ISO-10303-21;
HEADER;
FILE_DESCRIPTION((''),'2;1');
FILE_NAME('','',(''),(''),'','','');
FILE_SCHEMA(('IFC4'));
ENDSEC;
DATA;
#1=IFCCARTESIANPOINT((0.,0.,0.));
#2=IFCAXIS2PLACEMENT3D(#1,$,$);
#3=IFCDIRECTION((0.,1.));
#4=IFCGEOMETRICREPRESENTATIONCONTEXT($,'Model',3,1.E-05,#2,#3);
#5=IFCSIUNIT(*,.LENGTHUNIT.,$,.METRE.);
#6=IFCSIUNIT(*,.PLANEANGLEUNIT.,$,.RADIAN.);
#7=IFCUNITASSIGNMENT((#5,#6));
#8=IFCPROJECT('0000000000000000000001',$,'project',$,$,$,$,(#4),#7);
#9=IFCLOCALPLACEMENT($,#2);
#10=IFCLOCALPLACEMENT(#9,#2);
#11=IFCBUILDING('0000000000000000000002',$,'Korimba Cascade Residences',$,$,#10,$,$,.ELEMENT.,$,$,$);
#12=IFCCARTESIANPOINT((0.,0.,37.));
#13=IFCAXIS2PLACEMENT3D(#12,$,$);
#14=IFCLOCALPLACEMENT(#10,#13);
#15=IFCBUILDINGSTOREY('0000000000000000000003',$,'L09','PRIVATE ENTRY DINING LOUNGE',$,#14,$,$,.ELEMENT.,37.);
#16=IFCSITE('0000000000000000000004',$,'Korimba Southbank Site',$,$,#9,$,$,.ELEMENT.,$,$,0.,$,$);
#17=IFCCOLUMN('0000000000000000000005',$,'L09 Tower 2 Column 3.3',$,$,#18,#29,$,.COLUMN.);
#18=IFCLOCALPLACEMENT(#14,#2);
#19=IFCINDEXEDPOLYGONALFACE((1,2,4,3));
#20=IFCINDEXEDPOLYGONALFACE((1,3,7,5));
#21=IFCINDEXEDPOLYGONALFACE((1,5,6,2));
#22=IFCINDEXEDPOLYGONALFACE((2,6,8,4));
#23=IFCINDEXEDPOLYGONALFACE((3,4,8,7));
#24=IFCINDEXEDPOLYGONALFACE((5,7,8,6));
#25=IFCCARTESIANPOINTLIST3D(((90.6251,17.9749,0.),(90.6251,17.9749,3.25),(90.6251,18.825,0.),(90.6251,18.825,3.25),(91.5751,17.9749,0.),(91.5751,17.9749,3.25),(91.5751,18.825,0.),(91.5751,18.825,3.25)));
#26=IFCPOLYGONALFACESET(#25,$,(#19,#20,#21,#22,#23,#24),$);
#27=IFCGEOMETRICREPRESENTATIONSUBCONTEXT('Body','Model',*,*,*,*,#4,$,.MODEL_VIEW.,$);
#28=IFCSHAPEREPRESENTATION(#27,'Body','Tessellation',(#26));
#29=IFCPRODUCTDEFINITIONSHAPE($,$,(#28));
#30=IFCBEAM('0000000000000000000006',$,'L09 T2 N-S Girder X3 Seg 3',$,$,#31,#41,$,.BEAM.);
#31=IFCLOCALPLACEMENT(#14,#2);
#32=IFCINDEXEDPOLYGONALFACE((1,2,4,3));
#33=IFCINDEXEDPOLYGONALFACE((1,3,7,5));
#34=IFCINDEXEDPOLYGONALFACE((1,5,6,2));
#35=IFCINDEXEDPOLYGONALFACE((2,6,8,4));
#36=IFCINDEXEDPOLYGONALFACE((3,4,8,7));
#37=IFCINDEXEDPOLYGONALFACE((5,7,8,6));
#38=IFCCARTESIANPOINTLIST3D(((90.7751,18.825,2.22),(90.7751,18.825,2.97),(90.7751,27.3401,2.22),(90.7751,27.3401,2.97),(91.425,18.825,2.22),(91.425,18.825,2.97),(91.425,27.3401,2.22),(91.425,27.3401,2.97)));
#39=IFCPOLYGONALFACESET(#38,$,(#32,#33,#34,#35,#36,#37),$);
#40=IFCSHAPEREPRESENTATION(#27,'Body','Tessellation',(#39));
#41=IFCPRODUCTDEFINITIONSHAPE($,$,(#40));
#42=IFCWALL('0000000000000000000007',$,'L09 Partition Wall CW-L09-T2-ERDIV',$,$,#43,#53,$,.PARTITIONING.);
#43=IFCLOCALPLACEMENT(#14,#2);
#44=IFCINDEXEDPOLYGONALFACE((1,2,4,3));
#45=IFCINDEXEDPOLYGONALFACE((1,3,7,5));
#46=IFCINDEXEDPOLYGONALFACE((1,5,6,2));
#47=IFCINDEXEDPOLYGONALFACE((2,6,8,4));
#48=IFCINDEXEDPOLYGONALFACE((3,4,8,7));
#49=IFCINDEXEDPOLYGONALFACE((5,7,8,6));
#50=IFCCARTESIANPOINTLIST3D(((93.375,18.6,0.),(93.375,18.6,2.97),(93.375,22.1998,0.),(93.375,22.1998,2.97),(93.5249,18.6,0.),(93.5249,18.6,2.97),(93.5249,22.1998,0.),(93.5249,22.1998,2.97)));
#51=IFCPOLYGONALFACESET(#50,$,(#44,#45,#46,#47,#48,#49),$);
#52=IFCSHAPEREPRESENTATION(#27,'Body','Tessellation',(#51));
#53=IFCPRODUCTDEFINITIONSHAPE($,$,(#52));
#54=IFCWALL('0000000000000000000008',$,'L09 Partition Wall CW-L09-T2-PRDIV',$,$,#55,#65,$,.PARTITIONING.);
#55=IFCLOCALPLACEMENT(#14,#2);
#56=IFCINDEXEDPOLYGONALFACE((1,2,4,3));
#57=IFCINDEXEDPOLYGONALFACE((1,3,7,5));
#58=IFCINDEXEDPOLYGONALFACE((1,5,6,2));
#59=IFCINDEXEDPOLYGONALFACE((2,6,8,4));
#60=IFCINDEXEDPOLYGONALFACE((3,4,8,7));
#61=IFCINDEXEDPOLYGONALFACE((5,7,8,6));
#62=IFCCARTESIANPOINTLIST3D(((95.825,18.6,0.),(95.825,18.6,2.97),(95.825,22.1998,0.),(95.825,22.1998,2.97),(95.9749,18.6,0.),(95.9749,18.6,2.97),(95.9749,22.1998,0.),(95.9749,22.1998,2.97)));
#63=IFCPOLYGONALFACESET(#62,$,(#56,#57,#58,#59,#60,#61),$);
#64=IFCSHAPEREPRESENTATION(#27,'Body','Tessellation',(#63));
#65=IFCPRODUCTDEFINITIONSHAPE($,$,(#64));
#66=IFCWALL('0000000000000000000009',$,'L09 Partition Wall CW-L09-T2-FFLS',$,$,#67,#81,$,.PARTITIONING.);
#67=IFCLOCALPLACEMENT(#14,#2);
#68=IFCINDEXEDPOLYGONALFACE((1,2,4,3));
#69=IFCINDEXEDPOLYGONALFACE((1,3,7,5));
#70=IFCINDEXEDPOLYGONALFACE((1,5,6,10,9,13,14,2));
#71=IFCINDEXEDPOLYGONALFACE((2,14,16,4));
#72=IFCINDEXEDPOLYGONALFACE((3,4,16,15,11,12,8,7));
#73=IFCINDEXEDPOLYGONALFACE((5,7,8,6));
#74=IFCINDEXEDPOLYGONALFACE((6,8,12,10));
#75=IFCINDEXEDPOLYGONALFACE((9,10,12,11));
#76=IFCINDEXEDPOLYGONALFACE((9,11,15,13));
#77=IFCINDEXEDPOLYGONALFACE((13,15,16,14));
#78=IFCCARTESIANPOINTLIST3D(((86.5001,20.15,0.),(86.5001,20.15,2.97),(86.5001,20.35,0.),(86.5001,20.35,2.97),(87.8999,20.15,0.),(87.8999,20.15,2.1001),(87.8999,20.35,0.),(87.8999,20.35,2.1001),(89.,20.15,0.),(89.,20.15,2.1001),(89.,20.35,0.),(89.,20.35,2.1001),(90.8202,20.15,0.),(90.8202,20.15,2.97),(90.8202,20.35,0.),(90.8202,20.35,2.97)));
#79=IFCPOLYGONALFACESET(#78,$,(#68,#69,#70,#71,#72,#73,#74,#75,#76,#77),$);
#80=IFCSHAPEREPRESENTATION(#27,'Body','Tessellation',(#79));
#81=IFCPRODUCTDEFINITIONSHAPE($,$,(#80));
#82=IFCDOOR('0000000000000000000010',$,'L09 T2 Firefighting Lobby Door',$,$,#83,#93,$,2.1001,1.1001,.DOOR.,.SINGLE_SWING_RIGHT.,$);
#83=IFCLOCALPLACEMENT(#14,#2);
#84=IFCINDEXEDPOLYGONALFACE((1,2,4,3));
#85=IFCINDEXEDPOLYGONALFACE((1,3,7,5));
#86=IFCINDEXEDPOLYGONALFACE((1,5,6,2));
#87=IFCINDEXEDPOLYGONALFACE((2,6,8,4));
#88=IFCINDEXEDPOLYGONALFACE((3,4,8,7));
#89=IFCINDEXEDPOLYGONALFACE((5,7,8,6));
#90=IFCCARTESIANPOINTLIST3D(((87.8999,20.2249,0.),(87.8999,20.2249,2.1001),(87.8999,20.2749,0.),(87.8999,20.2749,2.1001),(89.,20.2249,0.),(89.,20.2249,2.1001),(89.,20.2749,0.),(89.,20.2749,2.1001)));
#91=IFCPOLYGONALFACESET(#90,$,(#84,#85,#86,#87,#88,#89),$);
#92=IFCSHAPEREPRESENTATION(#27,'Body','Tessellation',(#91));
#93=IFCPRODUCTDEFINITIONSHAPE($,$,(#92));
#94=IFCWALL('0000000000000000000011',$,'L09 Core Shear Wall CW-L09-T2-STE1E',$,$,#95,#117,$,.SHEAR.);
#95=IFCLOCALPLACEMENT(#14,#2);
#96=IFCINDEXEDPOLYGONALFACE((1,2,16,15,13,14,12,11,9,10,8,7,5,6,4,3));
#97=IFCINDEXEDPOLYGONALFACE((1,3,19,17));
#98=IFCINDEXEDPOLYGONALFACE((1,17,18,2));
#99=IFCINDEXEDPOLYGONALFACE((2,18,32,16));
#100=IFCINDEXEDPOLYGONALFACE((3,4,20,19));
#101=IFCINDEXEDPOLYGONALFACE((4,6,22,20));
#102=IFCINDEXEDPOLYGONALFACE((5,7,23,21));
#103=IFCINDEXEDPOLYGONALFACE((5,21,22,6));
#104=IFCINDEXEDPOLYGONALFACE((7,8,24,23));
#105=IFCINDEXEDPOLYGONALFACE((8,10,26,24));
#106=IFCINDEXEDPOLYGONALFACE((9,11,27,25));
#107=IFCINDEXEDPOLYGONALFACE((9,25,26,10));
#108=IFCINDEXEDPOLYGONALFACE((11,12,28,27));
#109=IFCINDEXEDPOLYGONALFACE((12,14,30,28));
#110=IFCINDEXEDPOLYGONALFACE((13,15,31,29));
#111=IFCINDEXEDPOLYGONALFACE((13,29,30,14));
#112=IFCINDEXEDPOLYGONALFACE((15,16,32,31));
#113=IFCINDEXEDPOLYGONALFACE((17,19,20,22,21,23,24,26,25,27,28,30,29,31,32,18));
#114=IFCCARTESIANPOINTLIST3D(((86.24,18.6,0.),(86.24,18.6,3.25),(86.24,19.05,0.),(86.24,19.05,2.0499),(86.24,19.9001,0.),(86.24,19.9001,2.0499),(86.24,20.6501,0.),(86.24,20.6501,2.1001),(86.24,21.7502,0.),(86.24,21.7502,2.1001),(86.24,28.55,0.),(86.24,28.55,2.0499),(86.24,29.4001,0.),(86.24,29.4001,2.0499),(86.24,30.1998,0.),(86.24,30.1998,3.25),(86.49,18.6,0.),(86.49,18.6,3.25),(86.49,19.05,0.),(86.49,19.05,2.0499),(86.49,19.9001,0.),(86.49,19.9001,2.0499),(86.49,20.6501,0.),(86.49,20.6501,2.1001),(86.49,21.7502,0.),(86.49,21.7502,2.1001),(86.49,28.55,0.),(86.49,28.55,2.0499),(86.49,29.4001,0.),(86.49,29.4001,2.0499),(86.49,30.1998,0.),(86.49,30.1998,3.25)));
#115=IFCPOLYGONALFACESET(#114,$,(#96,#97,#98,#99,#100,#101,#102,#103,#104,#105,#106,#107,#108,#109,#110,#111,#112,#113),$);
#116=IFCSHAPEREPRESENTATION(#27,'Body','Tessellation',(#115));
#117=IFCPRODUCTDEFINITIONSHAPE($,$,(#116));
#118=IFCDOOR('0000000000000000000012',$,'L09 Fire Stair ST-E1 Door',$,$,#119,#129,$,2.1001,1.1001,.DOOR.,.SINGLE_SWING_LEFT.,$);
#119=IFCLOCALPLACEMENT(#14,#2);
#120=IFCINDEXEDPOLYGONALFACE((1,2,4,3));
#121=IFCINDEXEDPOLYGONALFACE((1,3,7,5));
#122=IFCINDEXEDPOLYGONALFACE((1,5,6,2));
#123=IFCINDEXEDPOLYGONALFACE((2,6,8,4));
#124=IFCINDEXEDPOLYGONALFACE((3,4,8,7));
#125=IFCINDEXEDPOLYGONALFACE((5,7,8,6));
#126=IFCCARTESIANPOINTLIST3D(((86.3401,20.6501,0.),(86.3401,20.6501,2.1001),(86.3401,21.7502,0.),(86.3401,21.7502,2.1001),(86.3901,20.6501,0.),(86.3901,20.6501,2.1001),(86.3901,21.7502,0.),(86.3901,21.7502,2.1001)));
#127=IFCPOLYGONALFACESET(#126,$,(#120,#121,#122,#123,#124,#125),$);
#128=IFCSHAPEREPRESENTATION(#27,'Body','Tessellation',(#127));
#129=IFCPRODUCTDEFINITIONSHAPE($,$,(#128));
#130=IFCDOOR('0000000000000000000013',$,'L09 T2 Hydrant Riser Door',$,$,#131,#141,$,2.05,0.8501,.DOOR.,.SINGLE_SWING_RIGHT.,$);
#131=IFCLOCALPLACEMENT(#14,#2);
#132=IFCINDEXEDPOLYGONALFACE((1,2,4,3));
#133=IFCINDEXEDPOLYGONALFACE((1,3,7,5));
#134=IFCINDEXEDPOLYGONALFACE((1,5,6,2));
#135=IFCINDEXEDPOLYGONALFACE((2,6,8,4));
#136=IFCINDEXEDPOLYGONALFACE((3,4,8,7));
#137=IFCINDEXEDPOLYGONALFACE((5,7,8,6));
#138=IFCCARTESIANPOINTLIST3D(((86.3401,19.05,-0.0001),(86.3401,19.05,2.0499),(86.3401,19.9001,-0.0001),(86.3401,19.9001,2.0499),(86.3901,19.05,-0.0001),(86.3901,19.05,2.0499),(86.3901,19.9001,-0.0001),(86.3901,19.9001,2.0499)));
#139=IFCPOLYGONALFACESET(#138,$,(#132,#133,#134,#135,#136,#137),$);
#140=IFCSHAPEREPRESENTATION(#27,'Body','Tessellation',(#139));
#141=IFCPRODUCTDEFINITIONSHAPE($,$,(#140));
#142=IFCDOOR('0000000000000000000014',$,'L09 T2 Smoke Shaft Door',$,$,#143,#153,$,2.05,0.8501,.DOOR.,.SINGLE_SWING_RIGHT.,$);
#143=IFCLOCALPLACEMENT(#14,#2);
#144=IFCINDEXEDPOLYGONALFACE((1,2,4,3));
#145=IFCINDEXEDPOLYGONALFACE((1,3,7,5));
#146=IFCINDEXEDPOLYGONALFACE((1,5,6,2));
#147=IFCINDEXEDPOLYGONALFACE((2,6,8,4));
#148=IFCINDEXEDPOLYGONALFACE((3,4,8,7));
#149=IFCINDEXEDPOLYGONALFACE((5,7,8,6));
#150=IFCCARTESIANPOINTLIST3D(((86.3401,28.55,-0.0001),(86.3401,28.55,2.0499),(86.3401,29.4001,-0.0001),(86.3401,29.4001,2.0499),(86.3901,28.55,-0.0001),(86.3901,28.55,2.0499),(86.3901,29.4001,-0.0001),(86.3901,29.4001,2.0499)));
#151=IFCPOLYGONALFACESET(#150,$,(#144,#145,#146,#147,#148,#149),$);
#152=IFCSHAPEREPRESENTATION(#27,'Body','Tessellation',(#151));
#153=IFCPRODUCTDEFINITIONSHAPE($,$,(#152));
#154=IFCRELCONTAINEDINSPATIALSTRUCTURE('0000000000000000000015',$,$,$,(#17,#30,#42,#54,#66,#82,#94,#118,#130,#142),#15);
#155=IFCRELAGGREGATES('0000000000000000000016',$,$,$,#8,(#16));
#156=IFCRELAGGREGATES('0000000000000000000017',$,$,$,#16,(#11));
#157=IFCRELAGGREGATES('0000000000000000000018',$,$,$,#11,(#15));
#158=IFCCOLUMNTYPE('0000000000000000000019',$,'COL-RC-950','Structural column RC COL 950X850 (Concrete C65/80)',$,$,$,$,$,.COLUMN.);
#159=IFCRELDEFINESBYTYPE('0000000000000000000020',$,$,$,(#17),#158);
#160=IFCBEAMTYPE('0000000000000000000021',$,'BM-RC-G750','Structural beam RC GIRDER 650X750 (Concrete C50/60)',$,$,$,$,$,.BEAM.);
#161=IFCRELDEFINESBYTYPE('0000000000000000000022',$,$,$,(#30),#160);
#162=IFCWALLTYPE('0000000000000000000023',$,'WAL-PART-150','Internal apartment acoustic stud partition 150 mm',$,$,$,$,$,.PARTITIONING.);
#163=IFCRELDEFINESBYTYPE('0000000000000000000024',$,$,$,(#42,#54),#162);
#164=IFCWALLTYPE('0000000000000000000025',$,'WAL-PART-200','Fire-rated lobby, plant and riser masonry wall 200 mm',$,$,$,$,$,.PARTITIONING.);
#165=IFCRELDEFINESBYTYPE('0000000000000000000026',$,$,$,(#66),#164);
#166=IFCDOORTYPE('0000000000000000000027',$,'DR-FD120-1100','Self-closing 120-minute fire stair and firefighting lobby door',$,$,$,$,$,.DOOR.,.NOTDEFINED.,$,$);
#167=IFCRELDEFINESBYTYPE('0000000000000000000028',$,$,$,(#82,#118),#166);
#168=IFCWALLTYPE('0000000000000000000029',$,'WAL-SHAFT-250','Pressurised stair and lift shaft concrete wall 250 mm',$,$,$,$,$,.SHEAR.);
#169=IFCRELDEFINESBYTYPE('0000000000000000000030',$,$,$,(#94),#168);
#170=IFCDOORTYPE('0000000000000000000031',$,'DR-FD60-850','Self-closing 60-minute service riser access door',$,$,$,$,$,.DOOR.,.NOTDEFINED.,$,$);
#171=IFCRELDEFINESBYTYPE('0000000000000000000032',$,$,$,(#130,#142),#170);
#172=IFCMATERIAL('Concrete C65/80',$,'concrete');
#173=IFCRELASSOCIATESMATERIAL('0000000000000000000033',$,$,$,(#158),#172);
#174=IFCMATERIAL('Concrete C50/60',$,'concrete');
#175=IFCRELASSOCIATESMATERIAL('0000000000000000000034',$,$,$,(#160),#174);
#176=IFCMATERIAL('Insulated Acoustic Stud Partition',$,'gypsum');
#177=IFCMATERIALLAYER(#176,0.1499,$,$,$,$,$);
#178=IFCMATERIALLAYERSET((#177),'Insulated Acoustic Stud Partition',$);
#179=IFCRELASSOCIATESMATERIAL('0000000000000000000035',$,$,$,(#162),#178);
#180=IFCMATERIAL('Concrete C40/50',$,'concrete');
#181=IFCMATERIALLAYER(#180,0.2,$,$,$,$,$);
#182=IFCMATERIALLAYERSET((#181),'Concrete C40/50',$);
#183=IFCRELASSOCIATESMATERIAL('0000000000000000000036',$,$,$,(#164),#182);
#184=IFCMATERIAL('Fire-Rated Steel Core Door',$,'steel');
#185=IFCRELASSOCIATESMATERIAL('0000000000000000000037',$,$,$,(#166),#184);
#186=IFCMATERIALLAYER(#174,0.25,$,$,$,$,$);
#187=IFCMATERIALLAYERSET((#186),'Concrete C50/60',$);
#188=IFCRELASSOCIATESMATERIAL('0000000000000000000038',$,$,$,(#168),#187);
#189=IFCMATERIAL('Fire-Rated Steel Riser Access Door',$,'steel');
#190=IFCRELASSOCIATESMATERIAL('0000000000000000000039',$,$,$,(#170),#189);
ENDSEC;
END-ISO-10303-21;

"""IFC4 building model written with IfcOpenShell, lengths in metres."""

from ifc_helpers import new_model, si_unit, direction, frame, frame_2d, origin, origin_2d, place, context, subcontext, project, spatial, rectangle, extrude, material, layer, layer_set, material_profile, profile_set, type_object, element, fill, save


model = new_model("IFC4")

# Units and contexts
model_context = context("Model", 3, precision=1e-05, world=origin(), true_north=direction((0.0, 1.0)))
body_context = subcontext(model_context, "Body", "Model", "MODEL_VIEW")
ifc_project = project(units=[si_unit("LENGTHUNIT", "METRE"), si_unit("PLANEANGLEUNIT", "RADIAN")], contexts=[model_context])

# Site, building, storey
site_placement = place(None, origin())
site = spatial("IfcSite", under=ifc_project, at=site_placement, Name="Korimba Southbank Site", CompositionType="ELEMENT", RefElevation=0.0)
building_placement = place(site_placement, origin())
building = spatial("IfcBuilding", under=site, at=building_placement, Name="Korimba Cascade Residences", CompositionType="ELEMENT")
storey_placement = place(building_placement, frame((0.0, 0.0, 37.0)))
storey = spatial("IfcBuildingStorey", under=building, at=storey_placement, Name="L09", Description="PRIVATE ENTRY DINING LOUNGE", CompositionType="ELEMENT", Elevation=37.0)

# Column
ifc_material_1 = material(Name="Concrete C65/80", Category="concrete")
ifc_material_profile_1 = material_profile(ifc_material_1, rectangle(XDim=0.95, YDim=0.8501, at=origin_2d()), Name="Concrete C65/80")
ifc_profile_set_1 = profile_set([ifc_material_profile_1], Name="Concrete C65/80")
column_type = type_object("IfcColumnType", Name="COL-RC-950", Description="Structural column RC COL 950X850 (Concrete C65/80)", PredefinedType="COLUMN", material=ifc_profile_set_1)
column_placement = place(storey_placement, frame((91.1001, 18.3999, 0.0), z_axis=(0.0, 0.0, 1.0), x_axis=(1.0, 0.0, 0.0)))
element("IfcColumn", 1, at=column_placement, inside=storey, type_object=column_type, Name="L09 Tower 2 Column 3.3", PredefinedType="COLUMN", context=body_context, shape_type="SweptSolid", body=[
    extrude(rectangle(XDim=0.95, YDim=0.8501, at=origin_2d()), origin(), (0.0, 0.0, 1.0), 3.25),
])

# Beam
ifc_material_2 = material(Name="Concrete C50/60", Category="concrete")
ifc_material_profile_2 = material_profile(ifc_material_2, rectangle(XDim=0.6499, YDim=0.75, at=origin_2d()), Name="Concrete C50/60")
ifc_profile_set_2 = profile_set([ifc_material_profile_2], Name="Concrete C50/60")
beam_type = type_object("IfcBeamType", Name="BM-RC-G750", Description="Structural beam RC GIRDER 650X750 (Concrete C50/60)", PredefinedType="BEAM", material=ifc_profile_set_2)
beam_placement = place(storey_placement, frame((91.1001, 18.825, 2.595), z_axis=(0.0, 1.0, 0.0), x_axis=(-1.0, 0.0, 0.0)))
element("IfcBeam", 2, at=beam_placement, inside=storey, type_object=beam_type, Name="L09 T2 N-S Girder X3 Seg 3", PredefinedType="BEAM", context=body_context, shape_type="SweptSolid", body=[
    extrude(rectangle(XDim=0.6499, YDim=0.75, at=origin_2d()), origin(), (0.0, 0.0, 1.0), 8.5151),
])

# Walls
ifc_material_3 = material(Name="Insulated Acoustic Stud Partition", Category="gypsum")
ifc_layer_1 = layer(ifc_material_3, 0.1499)
ifc_layer_set_1 = layer_set([ifc_layer_1], Name="Insulated Acoustic Stud Partition")
wall_type_1 = type_object("IfcWallType", Name="WAL-PART-150", Description="Internal apartment acoustic stud partition 150 mm", PredefinedType="PARTITIONING", material=ifc_layer_set_1)
for number, where, z_axis, x_axis, name in (
    (3, (93.45, 18.6001, 0.0), (0.0, 0.0, 1.0), (0.0, 1.0, 0.0), "L09 Partition Wall CW-L09-T2-ERDIV"),
    (4, (95.8999, 18.6001, 0.0), (0.0, 0.0, 1.0), (0.0, 1.0, 0.0), "L09 Partition Wall CW-L09-T2-PRDIV"),
):
    element("IfcWall", number, at=place(storey_placement, frame(where, z_axis=z_axis, x_axis=x_axis)), inside=storey, type_object=wall_type_1, Name=name, PredefinedType="PARTITIONING", context=body_context, shape_type="SweptSolid", body=[
        extrude(rectangle(XDim=3.5999, YDim=0.1499, at=frame_2d((1.7998, 0.0))), origin(), (0.0, 0.0, 1.0), 2.97),
    ])

# Wall, opening, door
ifc_material_4 = material(Name="Concrete C40/50", Category="concrete")
ifc_layer_2 = layer(ifc_material_4, 0.2)
ifc_layer_set_2 = layer_set([ifc_layer_2], Name="Concrete C40/50")
wall_type_2 = type_object("IfcWallType", Name="WAL-PART-200", Description="Fire-rated lobby, plant and riser masonry wall 200 mm", PredefinedType="PARTITIONING", material=ifc_layer_set_2)
wall_1_placement = place(storey_placement, frame((86.5, 20.25, 0.0), z_axis=(0.0, 0.0, 1.0), x_axis=(1.0, 0.0, 0.0)))
wall_1 = element("IfcWall", 5, at=wall_1_placement, inside=storey, type_object=wall_type_2, Name="L09 Partition Wall CW-L09-T2-FFLS", PredefinedType="PARTITIONING", context=body_context, shape_type="SweptSolid", body=[
    extrude(rectangle(XDim=4.3201, YDim=0.2, at=frame_2d((2.1602, 0.0))), origin(), (0.0, 0.0, 1.0), 2.97),
])
opening_1_placement = place(wall_1_placement, frame((1.3999, 0.0, 0.0)))
opening_1 = element("IfcOpeningElement", 6, at=opening_1_placement, cuts=wall_1, PredefinedType="OPENING", context=body_context, shape_type="SweptSolid", body=[
    extrude(rectangle(XDim=1.1001, YDim=2.1001, at=frame_2d((0.55, 1.05))), frame((0.0, 0.1099, 0.0), z_axis=(0.0, -1.0, 0.0), x_axis=(1.0, 0.0, 0.0)), (0.0, 0.0, 1.0), 0.22),
])
ifc_material_5 = material(Name="Fire-Rated Steel Core Door", Category="steel")
door_type_1 = type_object("IfcDoorType", Name="DR-FD120-1100", Description="Self-closing 120-minute fire stair and firefighting lobby door", OperationType="NOTDEFINED", PredefinedType="DOOR", material=ifc_material_5)
door_1_placement = place(opening_1_placement, origin())
door_1 = element("IfcDoor", 7, at=door_1_placement, inside=storey, type_object=door_type_1, Name="L09 T2 Firefighting Lobby Door", OperationType="SINGLE_SWING_RIGHT", OverallHeight=2.1001, OverallWidth=1.1001, PredefinedType="DOOR", context=body_context, shape_type="SweptSolid", body=[
    extrude(rectangle(XDim=1.1001, YDim=2.1001, at=frame_2d((0.55, 1.05))), frame((0.0, 0.0249, 0.0), z_axis=(0.0, -1.0, 0.0), x_axis=(1.0, 0.0, 0.0)), (0.0, 0.0, 1.0), 0.05),
])
fill(opening_1, door_1)

# Wall, openings, doors
ifc_layer_3 = layer(ifc_material_2, 0.25)
ifc_layer_set_3 = layer_set([ifc_layer_3], Name="Concrete C50/60")
wall_type_3 = type_object("IfcWallType", Name="WAL-SHAFT-250", Description="Pressurised stair and lift shaft concrete wall 250 mm", PredefinedType="SHEAR", material=ifc_layer_set_3)
wall_2_placement = place(storey_placement, frame((86.365, 18.6001, 0.0), z_axis=(0.0, 0.0, 1.0), x_axis=(0.0, 1.0, 0.0)))
wall_2 = element("IfcWall", 8, at=wall_2_placement, inside=storey, type_object=wall_type_3, Name="L09 Core Shear Wall CW-L09-T2-STE1E", PredefinedType="SHEAR", context=body_context, shape_type="SweptSolid", body=[
    extrude(rectangle(XDim=11.5999, YDim=0.25, at=frame_2d((5.7998, 0.0))), origin(), (0.0, 0.0, 1.0), 3.25),
])
opening_2_placement = place(wall_2_placement, frame((0.45, 0.0, 0.0)))
opening_2 = element("IfcOpeningElement", 9, at=opening_2_placement, cuts=wall_2, PredefinedType="OPENING", context=body_context, shape_type="SweptSolid", body=[
    extrude(rectangle(XDim=0.8501, YDim=2.05, at=frame_2d((0.425, 1.0249))), frame((0.0, 0.135, 0.0), z_axis=(0.0, -1.0, 0.0), x_axis=(1.0, 0.0, 0.0)), (0.0, 0.0, 1.0), 0.27),
])
opening_3_placement = place(wall_2_placement, frame((2.05, 0.0, 0.0)))
opening_3 = element("IfcOpeningElement", 10, at=opening_3_placement, cuts=wall_2, PredefinedType="OPENING", context=body_context, shape_type="SweptSolid", body=[
    extrude(rectangle(XDim=1.1001, YDim=2.1001, at=frame_2d((0.55, 1.05))), frame((0.0, 0.135, 0.0), z_axis=(0.0, -1.0, 0.0), x_axis=(1.0, 0.0, 0.0)), (0.0, 0.0, 1.0), 0.27),
])
opening_4_placement = place(wall_2_placement, frame((9.95, 0.0, 0.0)))
opening_4 = element("IfcOpeningElement", 11, at=opening_4_placement, cuts=wall_2, PredefinedType="OPENING", context=body_context, shape_type="SweptSolid", body=[
    extrude(rectangle(XDim=0.8501, YDim=2.05, at=frame_2d((0.425, 1.0249))), frame((0.0, 0.135, 0.0), z_axis=(0.0, -1.0, 0.0), x_axis=(1.0, 0.0, 0.0)), (0.0, 0.0, 1.0), 0.27),
])
door_2_placement = place(opening_3_placement, origin())
door_2 = element("IfcDoor", 12, at=door_2_placement, inside=storey, type_object=door_type_1, Name="L09 Fire Stair ST-E1 Door", OperationType="SINGLE_SWING_LEFT", OverallHeight=2.1001, OverallWidth=1.1001, PredefinedType="DOOR", context=body_context, shape_type="SweptSolid", body=[
    extrude(rectangle(XDim=1.1001, YDim=2.1001, at=frame_2d((0.55, 1.05))), frame((0.0, 0.0249, 0.0), z_axis=(0.0, -1.0, 0.0), x_axis=(1.0, 0.0, 0.0)), (0.0, 0.0, 1.0), 0.05),
])
fill(opening_3, door_2)
ifc_material_6 = material(Name="Fire-Rated Steel Riser Access Door", Category="steel")
door_type_2 = type_object("IfcDoorType", Name="DR-FD60-850", Description="Self-closing 60-minute service riser access door", OperationType="NOTDEFINED", PredefinedType="DOOR", material=ifc_material_6)
door_3_placement = place(opening_2_placement, origin())
door_3 = element("IfcDoor", 13, at=door_3_placement, inside=storey, type_object=door_type_2, Name="L09 T2 Hydrant Riser Door", OperationType="SINGLE_SWING_RIGHT", OverallHeight=2.05, OverallWidth=0.8501, PredefinedType="DOOR", context=body_context, shape_type="SweptSolid", body=[
    extrude(rectangle(XDim=0.8501, YDim=2.05, at=frame_2d((0.425, 1.0249))), frame((0.0, 0.0249, 0.0), z_axis=(0.0, -1.0, 0.0), x_axis=(1.0, 0.0, 0.0)), (0.0, 0.0, 1.0), 0.05),
])
fill(opening_2, door_3)
door_4_placement = place(opening_4_placement, origin())
door_4 = element("IfcDoor", 14, at=door_4_placement, inside=storey, type_object=door_type_2, Name="L09 T2 Smoke Shaft Door", OperationType="SINGLE_SWING_RIGHT", OverallHeight=2.05, OverallWidth=0.8501, PredefinedType="DOOR", context=body_context, shape_type="SweptSolid", body=[
    extrude(rectangle(XDim=0.8501, YDim=2.05, at=frame_2d((0.425, 1.0249))), frame((0.0, 0.0249, 0.0), z_axis=(0.0, -1.0, 0.0), x_axis=(1.0, 0.0, 0.0)), (0.0, 0.0, 1.0), 0.05),
])
fill(opening_4, door_4)

save(model, "model.ifc")
